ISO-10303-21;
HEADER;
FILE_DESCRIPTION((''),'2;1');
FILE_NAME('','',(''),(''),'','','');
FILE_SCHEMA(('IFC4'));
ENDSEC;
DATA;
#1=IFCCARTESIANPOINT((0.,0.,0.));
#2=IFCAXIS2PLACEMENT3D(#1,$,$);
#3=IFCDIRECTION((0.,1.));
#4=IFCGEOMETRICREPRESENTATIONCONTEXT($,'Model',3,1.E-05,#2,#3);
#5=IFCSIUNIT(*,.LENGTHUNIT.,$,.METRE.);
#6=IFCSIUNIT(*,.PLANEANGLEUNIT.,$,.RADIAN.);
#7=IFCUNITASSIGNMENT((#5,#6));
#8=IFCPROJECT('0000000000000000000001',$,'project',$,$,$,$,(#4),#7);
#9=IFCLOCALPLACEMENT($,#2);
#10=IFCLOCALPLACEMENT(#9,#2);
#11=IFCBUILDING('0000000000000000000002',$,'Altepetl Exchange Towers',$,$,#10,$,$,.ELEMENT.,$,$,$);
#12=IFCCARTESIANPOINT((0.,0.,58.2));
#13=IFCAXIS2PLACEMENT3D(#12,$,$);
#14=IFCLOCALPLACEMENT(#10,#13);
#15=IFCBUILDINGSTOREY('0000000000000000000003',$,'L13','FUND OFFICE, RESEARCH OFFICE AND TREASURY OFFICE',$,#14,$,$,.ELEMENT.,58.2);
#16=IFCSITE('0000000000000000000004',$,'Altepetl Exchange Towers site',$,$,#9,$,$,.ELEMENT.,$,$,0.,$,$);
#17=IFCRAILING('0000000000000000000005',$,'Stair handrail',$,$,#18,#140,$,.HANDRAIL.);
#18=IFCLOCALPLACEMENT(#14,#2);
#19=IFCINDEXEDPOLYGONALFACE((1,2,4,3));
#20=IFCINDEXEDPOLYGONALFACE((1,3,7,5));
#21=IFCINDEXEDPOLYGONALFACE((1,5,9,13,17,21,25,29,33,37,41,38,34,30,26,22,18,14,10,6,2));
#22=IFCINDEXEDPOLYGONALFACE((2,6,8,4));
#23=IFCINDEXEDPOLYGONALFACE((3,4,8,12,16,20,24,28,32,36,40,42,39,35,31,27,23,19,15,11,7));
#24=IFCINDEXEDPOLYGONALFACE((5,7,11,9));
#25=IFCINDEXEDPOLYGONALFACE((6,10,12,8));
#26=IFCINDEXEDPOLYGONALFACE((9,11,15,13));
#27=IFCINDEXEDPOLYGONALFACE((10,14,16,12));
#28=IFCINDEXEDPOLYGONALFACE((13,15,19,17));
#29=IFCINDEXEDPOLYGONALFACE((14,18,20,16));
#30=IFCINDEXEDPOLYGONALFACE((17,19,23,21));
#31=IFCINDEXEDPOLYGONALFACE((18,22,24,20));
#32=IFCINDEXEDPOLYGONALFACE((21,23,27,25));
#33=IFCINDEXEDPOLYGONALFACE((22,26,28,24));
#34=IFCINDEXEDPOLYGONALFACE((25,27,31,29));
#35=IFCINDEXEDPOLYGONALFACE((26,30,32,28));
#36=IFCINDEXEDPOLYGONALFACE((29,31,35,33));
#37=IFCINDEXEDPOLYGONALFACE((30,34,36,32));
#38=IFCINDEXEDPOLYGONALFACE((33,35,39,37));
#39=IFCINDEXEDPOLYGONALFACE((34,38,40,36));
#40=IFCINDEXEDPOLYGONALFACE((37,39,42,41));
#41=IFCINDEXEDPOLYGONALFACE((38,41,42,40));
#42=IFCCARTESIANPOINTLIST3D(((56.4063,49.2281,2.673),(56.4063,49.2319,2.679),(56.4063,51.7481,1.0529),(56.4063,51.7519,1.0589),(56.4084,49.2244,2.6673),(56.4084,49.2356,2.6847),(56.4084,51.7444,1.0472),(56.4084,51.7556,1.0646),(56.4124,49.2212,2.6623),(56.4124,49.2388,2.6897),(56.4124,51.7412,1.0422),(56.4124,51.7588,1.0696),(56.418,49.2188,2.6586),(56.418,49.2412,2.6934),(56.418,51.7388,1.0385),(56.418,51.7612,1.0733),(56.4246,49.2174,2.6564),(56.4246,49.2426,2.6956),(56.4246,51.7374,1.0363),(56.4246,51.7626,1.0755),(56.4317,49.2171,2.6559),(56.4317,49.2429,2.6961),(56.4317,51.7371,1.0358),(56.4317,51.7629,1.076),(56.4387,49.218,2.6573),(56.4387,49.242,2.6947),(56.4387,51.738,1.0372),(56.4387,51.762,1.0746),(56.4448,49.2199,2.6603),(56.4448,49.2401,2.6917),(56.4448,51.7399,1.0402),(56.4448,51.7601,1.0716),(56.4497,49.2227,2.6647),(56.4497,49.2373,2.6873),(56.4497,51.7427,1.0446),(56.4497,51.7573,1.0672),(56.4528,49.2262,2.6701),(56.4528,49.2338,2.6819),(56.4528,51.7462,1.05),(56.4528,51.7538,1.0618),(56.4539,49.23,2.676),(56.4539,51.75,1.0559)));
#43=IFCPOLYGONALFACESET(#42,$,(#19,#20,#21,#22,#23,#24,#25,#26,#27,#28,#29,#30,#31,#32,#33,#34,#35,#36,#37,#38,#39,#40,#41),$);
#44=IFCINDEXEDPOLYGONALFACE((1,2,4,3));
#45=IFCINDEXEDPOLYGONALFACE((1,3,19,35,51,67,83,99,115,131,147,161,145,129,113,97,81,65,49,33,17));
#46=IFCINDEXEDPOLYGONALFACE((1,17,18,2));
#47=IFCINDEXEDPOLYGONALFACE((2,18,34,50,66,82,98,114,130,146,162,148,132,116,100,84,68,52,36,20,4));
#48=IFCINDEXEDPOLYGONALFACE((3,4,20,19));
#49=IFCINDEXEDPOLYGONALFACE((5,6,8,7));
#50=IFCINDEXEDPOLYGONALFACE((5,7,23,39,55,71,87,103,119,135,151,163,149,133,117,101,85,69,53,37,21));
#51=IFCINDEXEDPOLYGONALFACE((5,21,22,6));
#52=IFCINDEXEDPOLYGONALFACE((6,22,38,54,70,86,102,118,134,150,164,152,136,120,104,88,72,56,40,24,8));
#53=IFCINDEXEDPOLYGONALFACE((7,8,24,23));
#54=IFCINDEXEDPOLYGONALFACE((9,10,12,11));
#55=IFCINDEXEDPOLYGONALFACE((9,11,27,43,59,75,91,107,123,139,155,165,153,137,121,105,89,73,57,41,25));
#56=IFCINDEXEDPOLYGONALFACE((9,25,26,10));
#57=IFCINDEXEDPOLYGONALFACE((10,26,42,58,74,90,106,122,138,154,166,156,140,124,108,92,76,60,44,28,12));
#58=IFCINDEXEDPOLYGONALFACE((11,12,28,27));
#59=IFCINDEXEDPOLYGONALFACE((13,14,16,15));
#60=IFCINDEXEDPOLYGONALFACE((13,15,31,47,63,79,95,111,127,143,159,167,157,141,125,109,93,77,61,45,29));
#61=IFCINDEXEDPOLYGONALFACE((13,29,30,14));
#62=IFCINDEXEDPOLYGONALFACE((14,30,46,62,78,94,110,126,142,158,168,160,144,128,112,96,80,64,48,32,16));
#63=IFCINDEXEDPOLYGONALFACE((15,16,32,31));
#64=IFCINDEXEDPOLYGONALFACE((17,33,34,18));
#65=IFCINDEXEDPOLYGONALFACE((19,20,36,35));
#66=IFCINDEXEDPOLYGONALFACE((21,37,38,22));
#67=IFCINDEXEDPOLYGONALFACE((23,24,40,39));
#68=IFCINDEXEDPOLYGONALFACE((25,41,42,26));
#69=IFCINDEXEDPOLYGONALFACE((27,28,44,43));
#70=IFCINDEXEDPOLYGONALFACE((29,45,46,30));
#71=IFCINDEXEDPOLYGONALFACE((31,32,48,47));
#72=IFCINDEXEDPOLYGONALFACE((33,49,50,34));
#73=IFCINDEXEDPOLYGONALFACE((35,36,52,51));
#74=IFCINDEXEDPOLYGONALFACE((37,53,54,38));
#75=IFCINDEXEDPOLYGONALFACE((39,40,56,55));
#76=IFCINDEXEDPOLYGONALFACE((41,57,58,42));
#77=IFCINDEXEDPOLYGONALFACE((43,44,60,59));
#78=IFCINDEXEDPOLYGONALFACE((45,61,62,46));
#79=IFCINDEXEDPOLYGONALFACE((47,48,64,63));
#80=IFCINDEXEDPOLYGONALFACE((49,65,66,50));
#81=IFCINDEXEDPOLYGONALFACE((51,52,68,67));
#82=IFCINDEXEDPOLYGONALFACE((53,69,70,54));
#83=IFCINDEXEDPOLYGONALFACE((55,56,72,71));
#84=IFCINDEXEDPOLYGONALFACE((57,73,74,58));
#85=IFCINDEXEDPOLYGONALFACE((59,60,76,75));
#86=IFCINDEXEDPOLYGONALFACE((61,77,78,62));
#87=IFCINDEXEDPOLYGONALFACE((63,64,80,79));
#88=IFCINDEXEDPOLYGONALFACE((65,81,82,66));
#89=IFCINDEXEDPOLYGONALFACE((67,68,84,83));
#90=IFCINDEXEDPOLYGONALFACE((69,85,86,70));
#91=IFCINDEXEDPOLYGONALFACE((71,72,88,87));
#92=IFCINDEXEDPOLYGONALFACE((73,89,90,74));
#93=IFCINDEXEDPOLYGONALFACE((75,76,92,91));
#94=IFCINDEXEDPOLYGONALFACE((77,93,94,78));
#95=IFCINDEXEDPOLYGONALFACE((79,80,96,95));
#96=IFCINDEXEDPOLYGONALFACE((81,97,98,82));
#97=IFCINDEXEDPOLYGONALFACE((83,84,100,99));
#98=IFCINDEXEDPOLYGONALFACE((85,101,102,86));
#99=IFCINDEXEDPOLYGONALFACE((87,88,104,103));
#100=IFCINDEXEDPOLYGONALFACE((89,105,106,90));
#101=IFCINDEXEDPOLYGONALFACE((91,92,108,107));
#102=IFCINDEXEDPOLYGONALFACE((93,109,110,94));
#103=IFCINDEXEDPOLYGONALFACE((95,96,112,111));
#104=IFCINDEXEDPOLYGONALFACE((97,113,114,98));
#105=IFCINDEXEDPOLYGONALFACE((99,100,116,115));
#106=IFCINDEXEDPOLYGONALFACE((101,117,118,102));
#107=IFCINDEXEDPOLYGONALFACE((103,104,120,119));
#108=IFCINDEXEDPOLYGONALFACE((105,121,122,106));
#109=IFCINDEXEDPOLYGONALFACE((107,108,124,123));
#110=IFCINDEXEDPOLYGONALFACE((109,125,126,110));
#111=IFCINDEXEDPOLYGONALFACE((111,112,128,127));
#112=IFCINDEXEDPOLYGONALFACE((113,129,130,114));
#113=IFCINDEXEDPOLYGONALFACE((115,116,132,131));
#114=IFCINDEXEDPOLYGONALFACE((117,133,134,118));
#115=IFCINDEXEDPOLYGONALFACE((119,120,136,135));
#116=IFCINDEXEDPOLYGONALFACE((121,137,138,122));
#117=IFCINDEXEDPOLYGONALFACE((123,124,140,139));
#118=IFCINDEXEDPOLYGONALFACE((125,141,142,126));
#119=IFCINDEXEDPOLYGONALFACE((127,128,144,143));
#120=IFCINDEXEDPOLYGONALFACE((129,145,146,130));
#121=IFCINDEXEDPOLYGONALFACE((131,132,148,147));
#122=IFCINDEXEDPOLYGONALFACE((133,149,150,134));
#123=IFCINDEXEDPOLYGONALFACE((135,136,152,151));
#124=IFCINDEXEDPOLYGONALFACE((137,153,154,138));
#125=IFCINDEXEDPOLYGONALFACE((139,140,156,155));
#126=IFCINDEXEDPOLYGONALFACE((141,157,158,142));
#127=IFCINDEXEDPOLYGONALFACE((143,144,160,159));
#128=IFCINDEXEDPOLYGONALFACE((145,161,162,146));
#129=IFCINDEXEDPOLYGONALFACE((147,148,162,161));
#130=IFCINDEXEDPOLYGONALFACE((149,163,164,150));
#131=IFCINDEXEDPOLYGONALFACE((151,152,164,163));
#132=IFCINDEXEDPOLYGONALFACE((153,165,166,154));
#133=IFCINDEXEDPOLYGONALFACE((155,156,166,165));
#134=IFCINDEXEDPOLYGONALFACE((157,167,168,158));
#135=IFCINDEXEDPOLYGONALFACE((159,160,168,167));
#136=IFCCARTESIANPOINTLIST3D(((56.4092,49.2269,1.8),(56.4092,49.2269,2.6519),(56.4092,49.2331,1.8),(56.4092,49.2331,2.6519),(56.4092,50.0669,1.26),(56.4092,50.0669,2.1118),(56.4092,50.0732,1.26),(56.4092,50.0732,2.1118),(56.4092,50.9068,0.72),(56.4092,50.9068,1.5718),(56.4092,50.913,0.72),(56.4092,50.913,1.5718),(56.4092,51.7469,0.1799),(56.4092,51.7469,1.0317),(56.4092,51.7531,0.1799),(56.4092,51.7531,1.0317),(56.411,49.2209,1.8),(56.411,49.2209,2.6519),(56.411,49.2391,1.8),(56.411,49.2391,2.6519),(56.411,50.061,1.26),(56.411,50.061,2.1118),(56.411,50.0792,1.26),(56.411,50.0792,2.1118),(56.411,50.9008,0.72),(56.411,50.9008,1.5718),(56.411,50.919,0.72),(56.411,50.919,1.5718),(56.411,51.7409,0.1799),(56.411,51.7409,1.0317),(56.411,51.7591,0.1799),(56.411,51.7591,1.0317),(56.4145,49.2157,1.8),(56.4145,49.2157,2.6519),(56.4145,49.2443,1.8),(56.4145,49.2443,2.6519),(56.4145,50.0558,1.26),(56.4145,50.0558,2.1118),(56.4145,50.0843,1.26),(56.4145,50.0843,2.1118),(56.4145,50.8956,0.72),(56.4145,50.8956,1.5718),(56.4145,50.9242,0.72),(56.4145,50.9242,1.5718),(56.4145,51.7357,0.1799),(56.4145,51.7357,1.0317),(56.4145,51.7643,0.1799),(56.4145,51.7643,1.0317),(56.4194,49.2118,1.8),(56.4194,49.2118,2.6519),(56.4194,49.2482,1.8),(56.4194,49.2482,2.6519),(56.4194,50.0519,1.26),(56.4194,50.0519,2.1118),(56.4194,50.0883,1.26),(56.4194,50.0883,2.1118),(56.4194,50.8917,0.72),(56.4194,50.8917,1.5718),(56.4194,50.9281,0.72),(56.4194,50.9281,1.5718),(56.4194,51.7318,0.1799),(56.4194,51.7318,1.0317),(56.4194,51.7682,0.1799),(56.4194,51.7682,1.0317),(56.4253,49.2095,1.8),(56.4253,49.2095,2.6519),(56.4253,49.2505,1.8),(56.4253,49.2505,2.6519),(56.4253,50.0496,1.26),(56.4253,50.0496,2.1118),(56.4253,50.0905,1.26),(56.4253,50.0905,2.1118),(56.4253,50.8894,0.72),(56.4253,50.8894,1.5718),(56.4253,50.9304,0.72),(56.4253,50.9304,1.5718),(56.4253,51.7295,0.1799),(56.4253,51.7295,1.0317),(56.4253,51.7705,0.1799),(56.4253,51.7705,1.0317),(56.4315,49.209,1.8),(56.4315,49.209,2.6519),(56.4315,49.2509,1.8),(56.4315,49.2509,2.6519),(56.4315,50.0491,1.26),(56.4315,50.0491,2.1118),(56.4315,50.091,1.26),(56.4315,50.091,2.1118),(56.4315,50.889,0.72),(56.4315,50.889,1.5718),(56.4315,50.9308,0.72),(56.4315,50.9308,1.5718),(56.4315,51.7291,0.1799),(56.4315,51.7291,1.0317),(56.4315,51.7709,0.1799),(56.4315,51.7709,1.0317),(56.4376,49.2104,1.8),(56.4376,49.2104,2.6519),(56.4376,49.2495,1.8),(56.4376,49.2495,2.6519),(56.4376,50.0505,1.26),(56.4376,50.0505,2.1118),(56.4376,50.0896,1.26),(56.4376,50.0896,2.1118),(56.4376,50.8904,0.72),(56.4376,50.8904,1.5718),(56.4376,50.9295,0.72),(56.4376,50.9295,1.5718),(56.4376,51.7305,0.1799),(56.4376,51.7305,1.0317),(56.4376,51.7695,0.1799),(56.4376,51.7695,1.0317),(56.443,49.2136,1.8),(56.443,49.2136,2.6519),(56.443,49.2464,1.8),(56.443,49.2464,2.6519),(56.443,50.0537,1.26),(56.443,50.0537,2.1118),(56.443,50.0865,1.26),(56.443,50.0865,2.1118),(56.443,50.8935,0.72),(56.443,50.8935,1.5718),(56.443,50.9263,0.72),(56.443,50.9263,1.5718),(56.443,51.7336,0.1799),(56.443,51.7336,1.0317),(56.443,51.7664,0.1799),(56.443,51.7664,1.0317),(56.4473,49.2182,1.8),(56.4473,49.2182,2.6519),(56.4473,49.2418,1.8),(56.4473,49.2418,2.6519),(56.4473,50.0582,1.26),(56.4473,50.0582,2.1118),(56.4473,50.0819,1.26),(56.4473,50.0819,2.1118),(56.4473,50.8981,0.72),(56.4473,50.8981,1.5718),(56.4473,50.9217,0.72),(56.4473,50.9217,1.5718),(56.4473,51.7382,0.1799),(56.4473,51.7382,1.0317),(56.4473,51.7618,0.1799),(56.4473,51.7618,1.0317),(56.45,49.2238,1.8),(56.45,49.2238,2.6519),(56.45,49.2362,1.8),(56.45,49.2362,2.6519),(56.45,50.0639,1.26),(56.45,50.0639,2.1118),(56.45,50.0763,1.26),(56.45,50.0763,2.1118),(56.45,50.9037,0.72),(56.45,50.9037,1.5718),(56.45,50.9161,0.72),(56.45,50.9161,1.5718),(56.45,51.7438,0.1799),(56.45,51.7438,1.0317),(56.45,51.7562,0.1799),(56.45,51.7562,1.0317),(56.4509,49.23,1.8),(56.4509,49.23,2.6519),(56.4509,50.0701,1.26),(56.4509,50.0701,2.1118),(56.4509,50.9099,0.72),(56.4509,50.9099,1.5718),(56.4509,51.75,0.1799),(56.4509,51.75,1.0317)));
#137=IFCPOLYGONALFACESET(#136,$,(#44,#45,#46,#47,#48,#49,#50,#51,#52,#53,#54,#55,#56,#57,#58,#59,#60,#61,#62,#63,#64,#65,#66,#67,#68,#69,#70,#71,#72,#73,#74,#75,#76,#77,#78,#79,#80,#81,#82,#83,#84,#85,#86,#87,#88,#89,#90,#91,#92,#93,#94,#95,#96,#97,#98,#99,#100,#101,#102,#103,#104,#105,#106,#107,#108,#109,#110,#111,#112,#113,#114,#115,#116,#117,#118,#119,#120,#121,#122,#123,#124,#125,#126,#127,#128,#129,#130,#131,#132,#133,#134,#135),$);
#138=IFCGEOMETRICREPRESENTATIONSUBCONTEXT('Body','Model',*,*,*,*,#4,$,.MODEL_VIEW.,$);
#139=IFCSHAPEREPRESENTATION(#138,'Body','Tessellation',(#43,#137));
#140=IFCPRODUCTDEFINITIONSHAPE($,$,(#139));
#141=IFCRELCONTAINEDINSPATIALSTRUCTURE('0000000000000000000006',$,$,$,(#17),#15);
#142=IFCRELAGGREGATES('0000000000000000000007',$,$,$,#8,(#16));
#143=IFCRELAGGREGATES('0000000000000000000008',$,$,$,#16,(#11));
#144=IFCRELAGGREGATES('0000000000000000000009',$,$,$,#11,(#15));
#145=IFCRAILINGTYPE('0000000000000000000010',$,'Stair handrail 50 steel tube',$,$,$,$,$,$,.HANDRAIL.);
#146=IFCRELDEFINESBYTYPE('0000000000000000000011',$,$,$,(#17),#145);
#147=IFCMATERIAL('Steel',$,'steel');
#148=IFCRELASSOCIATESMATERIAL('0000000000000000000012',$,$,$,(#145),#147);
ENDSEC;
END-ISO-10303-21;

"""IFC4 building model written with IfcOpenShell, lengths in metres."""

from ifc_helpers import new_model, si_unit, direction, frame, origin, origin_2d, place, context, subcontext, project, spatial, circle, extrude, source, transform, mapped, material, type_object, element, save


model = new_model("IFC4")

# Units and contexts
model_context = context("Model", 3, precision=1e-05, world=origin(), true_north=direction((0.0, 1.0)))
body_context = subcontext(model_context, "Body", "Model", "MODEL_VIEW")
ifc_project = project(units=[si_unit("LENGTHUNIT", "METRE"), si_unit("PLANEANGLEUNIT", "RADIAN")], contexts=[model_context])

# Site, building, storey
site_placement = place(None, origin())
site = spatial("IfcSite", under=ifc_project, at=site_placement, Name="Altepetl Exchange Towers site", CompositionType="ELEMENT", RefElevation=0.0)
building_placement = place(site_placement, origin())
building = spatial("IfcBuilding", under=site, at=building_placement, Name="Altepetl Exchange Towers", CompositionType="ELEMENT")
storey_placement = place(building_placement, frame((0.0, 0.0, 58.2)))
storey = spatial("IfcBuildingStorey", under=building, at=storey_placement, Name="L13", Description="FUND OFFICE, RESEARCH OFFICE AND TREASURY OFFICE", CompositionType="ELEMENT", Elevation=58.2)

# Railing
ifc_material_1 = material(Name="Steel", Category="steel")
railing_type = type_object("IfcRailingType", Name="Stair handrail 50 steel tube", PredefinedType="HANDRAIL", material=ifc_material_1)
shared_shape = source(origin(), body_context, "Body", "SweptSolid", [
    extrude(circle(Radius=0.021, at=origin_2d()), origin(), (0.0, 0.0, 1.0), 0.8518),
])
railing_1_placement = place(storey_placement, frame((56.4299, 51.75, 0.1799)))
element("IfcRailing", 1, at=railing_1_placement, inside=storey, type_object=railing_type, Name="Stair handrail", PredefinedType="HANDRAIL", context=body_context, shape_type="SweptSolid", body=[
    extrude(circle(Radius=0.0239, at=origin_2d()), frame((0.0, 0.0, 0.876), z_axis=(0.0, -0.841163, 0.540782), x_axis=(1.0, 0.0, 0.0)), (0.0, 0.0, 1.0), 2.9958),
    mapped(shared_shape, transform((0.0, 0.0, 0.0))),
    mapped(shared_shape, transform((0.0, -0.8401, 0.54))),
    mapped(shared_shape, transform((0.0, -1.6799, 1.0801))),
    mapped(shared_shape, transform((0.0, -2.52, 1.6201))),
])

save(model, "model.ifc")
